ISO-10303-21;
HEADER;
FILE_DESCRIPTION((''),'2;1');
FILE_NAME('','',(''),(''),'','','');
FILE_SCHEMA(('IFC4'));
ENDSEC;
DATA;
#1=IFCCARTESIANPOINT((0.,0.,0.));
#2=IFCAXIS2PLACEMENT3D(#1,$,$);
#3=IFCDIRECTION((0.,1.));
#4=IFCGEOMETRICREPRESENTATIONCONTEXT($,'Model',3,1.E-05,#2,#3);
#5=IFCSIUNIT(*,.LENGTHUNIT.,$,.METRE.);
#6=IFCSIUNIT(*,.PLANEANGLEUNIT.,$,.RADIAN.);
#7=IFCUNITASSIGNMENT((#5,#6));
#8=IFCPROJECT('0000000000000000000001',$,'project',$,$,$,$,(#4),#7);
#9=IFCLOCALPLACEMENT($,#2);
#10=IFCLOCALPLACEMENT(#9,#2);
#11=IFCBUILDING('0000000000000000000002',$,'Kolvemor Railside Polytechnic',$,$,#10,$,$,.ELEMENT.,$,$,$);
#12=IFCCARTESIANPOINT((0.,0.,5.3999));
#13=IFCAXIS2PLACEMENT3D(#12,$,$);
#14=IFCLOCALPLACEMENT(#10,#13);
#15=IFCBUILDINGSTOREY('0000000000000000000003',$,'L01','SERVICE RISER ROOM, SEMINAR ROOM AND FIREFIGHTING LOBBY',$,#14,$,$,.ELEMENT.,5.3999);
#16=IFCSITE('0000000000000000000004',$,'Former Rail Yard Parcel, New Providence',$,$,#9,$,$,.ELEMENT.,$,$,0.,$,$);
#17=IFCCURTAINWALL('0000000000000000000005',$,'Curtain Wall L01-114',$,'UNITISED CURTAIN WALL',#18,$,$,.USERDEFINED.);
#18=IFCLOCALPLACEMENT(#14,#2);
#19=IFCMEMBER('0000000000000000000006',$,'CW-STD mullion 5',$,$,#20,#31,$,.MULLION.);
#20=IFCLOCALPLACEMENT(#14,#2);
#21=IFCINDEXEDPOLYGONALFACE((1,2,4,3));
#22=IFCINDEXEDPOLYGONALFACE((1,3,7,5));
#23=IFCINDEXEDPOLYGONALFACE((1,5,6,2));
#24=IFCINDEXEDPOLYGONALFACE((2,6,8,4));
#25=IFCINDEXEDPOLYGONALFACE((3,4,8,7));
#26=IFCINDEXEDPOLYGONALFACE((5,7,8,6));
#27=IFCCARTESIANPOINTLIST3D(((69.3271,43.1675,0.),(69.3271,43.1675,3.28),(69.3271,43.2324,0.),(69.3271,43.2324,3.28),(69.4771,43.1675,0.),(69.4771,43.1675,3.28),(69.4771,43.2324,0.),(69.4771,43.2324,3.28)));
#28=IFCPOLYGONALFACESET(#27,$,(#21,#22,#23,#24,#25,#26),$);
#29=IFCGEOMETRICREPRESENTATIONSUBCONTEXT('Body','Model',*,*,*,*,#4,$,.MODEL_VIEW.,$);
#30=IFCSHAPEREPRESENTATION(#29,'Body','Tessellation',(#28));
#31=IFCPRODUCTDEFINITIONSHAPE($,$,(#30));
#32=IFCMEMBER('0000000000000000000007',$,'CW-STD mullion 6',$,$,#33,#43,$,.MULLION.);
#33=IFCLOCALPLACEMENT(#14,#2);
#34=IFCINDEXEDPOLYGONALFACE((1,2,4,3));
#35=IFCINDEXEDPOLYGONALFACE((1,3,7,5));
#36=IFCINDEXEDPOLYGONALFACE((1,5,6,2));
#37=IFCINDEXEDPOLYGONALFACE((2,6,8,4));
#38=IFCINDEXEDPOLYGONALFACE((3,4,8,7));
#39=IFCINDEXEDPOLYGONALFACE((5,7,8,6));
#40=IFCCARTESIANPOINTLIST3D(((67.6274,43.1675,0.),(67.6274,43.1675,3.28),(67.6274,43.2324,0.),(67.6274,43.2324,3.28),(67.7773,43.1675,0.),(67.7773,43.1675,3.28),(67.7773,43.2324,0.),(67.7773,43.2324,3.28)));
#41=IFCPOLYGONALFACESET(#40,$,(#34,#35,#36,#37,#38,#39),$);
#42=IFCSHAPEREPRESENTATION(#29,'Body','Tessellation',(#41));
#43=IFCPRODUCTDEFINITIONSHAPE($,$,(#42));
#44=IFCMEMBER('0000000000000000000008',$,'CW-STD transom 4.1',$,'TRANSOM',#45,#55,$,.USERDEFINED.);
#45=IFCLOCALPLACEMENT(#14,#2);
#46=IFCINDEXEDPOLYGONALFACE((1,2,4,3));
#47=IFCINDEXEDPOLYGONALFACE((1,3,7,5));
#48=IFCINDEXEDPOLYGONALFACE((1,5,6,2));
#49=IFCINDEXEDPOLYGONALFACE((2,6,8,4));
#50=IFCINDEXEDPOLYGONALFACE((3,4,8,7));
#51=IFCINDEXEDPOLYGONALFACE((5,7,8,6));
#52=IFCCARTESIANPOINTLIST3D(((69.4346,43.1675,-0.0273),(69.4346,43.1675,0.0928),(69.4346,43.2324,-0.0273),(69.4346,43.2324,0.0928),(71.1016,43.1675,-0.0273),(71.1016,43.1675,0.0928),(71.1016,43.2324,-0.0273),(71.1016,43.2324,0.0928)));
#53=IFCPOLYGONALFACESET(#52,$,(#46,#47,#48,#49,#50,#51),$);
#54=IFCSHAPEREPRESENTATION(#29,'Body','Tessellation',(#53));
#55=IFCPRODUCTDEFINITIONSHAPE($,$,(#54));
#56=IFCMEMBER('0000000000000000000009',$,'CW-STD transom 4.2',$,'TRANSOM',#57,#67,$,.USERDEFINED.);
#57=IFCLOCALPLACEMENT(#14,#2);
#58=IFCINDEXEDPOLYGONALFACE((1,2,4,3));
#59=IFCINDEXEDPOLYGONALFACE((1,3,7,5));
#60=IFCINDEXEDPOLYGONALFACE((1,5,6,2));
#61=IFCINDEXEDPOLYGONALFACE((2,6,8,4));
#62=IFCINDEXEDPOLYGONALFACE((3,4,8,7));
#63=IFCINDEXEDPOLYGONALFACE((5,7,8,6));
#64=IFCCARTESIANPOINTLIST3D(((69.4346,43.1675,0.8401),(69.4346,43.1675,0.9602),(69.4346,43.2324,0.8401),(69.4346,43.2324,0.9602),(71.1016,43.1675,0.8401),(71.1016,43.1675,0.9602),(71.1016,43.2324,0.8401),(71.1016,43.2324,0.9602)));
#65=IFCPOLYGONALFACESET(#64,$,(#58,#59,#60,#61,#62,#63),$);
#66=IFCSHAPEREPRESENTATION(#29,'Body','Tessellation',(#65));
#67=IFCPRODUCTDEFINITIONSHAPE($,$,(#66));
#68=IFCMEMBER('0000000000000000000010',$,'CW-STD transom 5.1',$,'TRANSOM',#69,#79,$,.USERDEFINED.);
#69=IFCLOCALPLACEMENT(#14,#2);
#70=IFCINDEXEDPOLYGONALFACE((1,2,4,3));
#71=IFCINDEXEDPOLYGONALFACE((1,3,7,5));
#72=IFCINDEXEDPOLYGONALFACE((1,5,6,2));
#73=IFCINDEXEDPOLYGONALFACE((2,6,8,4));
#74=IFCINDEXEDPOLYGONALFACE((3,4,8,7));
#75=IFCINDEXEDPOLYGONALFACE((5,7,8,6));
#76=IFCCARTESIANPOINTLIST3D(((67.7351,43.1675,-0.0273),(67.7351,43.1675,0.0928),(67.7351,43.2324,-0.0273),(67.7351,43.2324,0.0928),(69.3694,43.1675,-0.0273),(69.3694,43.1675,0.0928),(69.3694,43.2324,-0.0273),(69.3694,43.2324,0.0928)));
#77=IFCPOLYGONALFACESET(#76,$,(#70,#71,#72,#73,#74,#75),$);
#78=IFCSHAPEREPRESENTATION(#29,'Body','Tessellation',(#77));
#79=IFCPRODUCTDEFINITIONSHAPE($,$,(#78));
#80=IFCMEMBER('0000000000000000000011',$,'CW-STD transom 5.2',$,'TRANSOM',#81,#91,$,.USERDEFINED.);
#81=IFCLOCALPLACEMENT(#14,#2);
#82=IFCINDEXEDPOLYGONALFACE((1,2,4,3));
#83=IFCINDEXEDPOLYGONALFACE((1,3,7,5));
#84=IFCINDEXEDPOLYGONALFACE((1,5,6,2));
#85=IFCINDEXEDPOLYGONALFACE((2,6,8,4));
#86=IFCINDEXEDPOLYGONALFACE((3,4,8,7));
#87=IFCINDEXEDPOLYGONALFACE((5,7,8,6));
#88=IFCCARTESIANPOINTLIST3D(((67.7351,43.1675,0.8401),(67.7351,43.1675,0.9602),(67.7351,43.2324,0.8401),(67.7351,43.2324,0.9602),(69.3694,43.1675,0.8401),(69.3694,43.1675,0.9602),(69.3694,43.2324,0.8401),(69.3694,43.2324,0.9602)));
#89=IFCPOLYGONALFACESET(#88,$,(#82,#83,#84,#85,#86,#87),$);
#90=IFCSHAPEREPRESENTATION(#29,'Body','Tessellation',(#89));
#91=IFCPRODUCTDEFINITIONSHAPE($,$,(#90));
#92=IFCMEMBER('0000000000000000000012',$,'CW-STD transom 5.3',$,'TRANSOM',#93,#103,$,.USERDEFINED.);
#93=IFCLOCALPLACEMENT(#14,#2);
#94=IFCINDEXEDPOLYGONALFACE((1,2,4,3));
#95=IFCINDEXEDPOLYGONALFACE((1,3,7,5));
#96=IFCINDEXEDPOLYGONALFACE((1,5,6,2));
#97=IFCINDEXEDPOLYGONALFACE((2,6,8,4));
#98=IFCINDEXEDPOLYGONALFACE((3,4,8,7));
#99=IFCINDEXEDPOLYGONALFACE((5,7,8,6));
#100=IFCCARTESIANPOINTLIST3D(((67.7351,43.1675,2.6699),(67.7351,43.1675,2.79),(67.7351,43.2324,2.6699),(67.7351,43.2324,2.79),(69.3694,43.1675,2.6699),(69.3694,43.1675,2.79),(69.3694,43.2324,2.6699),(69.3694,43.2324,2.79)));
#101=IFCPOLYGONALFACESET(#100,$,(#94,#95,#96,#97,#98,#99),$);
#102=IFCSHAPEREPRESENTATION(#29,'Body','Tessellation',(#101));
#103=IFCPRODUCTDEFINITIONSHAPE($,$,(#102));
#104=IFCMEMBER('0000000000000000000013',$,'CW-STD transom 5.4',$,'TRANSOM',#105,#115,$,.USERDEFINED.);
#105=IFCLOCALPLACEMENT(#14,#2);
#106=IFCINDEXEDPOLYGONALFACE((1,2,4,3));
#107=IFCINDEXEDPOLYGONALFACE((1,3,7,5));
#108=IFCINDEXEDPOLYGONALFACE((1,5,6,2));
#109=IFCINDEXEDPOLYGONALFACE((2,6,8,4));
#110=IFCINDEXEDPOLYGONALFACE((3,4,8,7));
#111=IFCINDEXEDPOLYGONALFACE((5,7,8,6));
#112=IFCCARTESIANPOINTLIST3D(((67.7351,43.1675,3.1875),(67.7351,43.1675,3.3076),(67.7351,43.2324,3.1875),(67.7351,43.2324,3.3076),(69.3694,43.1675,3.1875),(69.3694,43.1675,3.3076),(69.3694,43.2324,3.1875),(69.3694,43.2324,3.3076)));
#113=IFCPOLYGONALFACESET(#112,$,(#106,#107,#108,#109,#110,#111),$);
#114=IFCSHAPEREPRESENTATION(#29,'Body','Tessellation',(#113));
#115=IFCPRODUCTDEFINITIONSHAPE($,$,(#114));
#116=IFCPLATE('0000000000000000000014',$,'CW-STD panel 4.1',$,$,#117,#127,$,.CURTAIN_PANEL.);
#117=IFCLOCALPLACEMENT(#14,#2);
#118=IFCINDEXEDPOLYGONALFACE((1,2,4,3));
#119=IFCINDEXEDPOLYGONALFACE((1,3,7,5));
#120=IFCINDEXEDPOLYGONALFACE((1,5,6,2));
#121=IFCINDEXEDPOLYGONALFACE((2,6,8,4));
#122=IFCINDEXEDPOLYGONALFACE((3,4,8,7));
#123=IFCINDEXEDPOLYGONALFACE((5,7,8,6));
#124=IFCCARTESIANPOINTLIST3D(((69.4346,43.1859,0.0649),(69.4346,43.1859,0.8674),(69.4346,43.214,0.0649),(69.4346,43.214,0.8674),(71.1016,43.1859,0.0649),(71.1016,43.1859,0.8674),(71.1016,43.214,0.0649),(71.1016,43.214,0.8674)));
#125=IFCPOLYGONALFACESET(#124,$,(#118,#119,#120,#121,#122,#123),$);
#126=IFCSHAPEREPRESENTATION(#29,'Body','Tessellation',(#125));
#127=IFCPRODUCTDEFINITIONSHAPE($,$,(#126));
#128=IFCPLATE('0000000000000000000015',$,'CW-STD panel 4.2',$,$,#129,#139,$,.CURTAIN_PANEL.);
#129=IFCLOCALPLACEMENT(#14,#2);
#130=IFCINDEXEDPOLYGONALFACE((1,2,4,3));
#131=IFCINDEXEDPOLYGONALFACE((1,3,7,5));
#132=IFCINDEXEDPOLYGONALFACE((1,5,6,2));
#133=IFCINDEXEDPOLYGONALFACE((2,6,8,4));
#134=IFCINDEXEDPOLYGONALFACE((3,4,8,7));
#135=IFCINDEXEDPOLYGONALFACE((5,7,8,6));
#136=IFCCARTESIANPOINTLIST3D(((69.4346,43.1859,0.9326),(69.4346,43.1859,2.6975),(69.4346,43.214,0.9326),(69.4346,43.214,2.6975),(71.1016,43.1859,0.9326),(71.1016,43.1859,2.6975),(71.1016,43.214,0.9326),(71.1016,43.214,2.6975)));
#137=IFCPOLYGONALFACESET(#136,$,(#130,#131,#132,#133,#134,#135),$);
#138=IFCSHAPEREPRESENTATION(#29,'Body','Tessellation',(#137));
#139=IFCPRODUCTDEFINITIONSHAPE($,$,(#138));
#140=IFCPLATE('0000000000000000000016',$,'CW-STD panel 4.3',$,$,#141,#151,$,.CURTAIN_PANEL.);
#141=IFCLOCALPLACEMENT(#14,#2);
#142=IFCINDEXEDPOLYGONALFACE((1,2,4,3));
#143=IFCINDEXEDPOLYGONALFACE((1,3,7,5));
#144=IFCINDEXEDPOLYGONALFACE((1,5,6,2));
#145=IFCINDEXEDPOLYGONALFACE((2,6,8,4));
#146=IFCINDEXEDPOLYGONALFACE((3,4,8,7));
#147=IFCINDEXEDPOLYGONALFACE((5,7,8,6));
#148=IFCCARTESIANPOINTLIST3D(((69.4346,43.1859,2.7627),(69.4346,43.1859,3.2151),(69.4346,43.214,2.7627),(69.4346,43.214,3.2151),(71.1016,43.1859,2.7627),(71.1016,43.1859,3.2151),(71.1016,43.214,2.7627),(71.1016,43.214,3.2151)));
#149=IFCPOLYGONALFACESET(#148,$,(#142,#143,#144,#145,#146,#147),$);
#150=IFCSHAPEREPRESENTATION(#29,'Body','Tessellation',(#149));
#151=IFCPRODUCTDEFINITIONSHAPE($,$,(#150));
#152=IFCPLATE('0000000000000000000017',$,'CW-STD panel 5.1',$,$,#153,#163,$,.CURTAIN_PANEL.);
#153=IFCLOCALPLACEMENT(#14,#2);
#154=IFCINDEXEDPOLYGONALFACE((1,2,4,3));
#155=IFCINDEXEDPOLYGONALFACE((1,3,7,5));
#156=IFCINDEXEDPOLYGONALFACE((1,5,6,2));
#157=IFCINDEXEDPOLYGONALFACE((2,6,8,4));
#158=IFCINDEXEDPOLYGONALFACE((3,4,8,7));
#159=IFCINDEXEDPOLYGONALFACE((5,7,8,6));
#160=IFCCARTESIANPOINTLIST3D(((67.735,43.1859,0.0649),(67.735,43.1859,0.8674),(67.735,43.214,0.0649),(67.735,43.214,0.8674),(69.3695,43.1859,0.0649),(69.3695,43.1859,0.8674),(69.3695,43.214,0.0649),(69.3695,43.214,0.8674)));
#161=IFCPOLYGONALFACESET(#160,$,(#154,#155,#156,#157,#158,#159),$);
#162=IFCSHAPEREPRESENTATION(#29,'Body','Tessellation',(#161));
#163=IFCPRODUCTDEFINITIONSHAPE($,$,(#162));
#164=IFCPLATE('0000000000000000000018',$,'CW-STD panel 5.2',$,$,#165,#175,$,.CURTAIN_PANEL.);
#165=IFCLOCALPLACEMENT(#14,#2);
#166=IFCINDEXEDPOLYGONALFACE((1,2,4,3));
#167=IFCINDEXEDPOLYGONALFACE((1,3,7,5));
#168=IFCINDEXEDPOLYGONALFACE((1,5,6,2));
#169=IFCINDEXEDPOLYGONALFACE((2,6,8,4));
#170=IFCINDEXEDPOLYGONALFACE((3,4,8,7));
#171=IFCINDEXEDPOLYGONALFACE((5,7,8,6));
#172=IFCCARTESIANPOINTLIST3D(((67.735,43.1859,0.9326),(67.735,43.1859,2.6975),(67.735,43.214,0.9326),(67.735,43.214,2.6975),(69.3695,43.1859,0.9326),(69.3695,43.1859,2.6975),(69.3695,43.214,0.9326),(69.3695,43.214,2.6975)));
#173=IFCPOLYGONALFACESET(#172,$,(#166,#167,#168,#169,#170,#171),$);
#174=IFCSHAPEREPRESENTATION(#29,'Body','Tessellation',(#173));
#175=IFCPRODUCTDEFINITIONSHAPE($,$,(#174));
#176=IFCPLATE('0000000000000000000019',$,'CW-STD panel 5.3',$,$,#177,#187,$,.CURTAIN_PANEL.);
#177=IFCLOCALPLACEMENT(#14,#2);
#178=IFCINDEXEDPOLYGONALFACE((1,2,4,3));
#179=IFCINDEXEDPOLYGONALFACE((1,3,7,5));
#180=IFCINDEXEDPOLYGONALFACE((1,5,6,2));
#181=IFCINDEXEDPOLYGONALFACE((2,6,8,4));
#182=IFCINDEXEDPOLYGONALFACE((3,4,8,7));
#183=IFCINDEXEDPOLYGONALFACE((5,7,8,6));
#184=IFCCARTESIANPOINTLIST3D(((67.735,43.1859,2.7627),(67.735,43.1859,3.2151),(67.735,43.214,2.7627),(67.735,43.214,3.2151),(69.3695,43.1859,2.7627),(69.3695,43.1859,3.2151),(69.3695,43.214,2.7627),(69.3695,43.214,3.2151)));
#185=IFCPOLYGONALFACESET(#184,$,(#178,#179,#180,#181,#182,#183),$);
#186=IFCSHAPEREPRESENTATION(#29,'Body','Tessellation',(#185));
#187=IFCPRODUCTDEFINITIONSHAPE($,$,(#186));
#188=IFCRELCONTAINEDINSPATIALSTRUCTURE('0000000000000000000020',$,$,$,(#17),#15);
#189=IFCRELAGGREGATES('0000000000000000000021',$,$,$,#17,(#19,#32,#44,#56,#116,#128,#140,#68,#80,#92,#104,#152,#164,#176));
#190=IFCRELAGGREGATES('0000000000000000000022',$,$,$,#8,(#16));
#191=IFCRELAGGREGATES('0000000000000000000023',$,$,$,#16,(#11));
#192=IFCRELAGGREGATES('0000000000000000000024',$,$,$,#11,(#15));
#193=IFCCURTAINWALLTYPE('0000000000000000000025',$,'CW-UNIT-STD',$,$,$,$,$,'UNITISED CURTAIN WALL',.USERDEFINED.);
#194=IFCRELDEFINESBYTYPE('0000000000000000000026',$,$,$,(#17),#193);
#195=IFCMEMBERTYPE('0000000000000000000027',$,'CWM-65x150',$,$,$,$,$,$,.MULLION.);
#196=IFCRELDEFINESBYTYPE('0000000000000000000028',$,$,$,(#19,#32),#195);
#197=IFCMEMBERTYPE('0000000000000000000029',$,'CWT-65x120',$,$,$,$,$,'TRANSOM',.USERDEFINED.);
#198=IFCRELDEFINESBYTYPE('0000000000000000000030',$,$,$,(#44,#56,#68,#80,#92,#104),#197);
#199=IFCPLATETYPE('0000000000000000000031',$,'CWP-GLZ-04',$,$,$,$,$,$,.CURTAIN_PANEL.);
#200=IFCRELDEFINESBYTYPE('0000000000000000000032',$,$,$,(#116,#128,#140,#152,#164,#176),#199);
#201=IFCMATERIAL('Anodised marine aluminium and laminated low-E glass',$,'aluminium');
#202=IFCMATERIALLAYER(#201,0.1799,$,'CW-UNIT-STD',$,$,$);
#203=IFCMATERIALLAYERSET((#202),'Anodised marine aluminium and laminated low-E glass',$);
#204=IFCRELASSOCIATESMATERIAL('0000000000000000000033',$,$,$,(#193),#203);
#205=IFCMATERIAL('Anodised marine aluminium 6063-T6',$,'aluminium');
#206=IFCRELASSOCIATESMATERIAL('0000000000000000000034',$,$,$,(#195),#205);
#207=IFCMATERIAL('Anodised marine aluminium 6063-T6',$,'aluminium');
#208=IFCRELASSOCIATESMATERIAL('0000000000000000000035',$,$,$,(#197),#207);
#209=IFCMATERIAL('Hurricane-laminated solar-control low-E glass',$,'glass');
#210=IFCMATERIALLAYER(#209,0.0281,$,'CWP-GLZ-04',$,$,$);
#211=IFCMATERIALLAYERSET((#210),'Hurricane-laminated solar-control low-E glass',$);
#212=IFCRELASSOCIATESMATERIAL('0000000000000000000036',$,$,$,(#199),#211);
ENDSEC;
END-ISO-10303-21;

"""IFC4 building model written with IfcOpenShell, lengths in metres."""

from ifc_helpers import new_model, si_unit, direction, frame, origin, origin_2d, place, context, subcontext, project, spatial, rectangle, extrude, material, layer, layer_set, material_profile, profile_set, type_object, element, aggregate, save


model = new_model("IFC4")

# Units and contexts
model_context = context("Model", 3, precision=1e-05, world=origin(), true_north=direction((0.0, 1.0)))
body_context = subcontext(model_context, "Body", "Model", "MODEL_VIEW")
ifc_project = project(units=[si_unit("LENGTHUNIT", "METRE"), si_unit("PLANEANGLEUNIT", "RADIAN")], contexts=[model_context])

# Site, building, storey
site_placement = place(None, origin())
site = spatial("IfcSite", under=ifc_project, at=site_placement, Name="Former Rail Yard Parcel, New Providence", CompositionType="ELEMENT", RefElevation=0.0)
building_placement = place(site_placement, origin())
building = spatial("IfcBuilding", under=site, at=building_placement, Name="Kolvemor Railside Polytechnic", CompositionType="ELEMENT")
storey_placement = place(building_placement, frame((0.0, 0.0, 5.3999)))
storey = spatial("IfcBuildingStorey", under=building, at=storey_placement, Name="L01", Description="SERVICE RISER ROOM, SEMINAR ROOM AND FIREFIGHTING LOBBY", CompositionType="ELEMENT", Elevation=5.3999)

# Curtain wall, members, plates
ifc_material_1 = material(Name="Anodised marine aluminium and laminated low-E glass", Category="aluminium")
ifc_layer_1 = layer(ifc_material_1, 0.1799, Name="CW-UNIT-STD")
ifc_layer_set_1 = layer_set([ifc_layer_1], Name="Anodised marine aluminium and laminated low-E glass")
curtain_wall_type = type_object("IfcCurtainWallType", Name="CW-UNIT-STD", ElementType="UNITISED CURTAIN WALL", PredefinedType="USERDEFINED", material=ifc_layer_set_1)
curtain_wall_placement = place(storey_placement, origin())
curtain_wall = element("IfcCurtainWall", 1, at=curtain_wall_placement, inside=storey, type_object=curtain_wall_type, Name="Curtain Wall L01-114", ObjectType="UNITISED CURTAIN WALL", PredefinedType="USERDEFINED")
ifc_material_2 = material(Name="Anodised marine aluminium 6063-T6", Category="aluminium")
ifc_material_profile_1 = material_profile(ifc_material_2, rectangle(XDim=0.0649, YDim=0.1499, at=origin_2d()), Name="CW-MUL-65x150")
ifc_profile_set_1 = profile_set([ifc_material_profile_1], Name="Anodised marine aluminium 6063-T6")
member_type_1 = type_object("IfcMemberType", Name="CWM-65x150", PredefinedType="MULLION", material=ifc_profile_set_1)
member_1_placement = place(storey_placement, frame((69.4021, 43.2, 0.0), z_axis=(0.0, 0.0, 1.0), x_axis=(0.0, -1.0, 0.0)))
member_1 = element("IfcMember", 2, at=member_1_placement, type_object=member_type_1, Name="CW-STD mullion 5", PredefinedType="MULLION", context=body_context, shape_type="SweptSolid", body=[
    extrude(rectangle(XDim=0.0649, YDim=0.1499, at=origin_2d()), origin(), (0.0, 0.0, 1.0), 3.28),
])
member_2_placement = place(storey_placement, frame((67.7024, 43.2, 0.0), z_axis=(0.0, 0.0, 1.0), x_axis=(0.0, -1.0, 0.0)))
member_2 = element("IfcMember", 3, at=member_2_placement, type_object=member_type_1, Name="CW-STD mullion 6", PredefinedType="MULLION", context=body_context, shape_type="SweptSolid", body=[
    extrude(rectangle(XDim=0.0649, YDim=0.1499, at=origin_2d()), origin(), (0.0, 0.0, 1.0), 3.28),
])
ifc_material_3 = material(Name="Anodised marine aluminium 6063-T6", Category="aluminium")
ifc_material_profile_2 = material_profile(ifc_material_3, rectangle(XDim=0.0649, YDim=0.1201, at=origin_2d()), Name="CW-TRN-65x120")
ifc_profile_set_2 = profile_set([ifc_material_profile_2], Name="Anodised marine aluminium 6063-T6")
member_type_2 = type_object("IfcMemberType", Name="CWT-65x120", ElementType="TRANSOM", PredefinedType="USERDEFINED", material=ifc_profile_set_2)
member_3_placement = place(storey_placement, frame((71.1016, 43.2, 0.0327), z_axis=(-1.0, 0.0, 0.0), x_axis=(0.0, -1.0, 0.0)))
member_3 = element("IfcMember", 4, at=member_3_placement, type_object=member_type_2, Name="CW-STD transom 4.1", ObjectType="TRANSOM", PredefinedType="USERDEFINED", context=body_context, shape_type="SweptSolid", body=[
    extrude(rectangle(XDim=0.0649, YDim=0.1201, at=origin_2d()), origin(), (0.0, 0.0, 1.0), 1.667),
])
member_4_placement = place(storey_placement, frame((71.1016, 43.2, 0.9001), z_axis=(-1.0, 0.0, 0.0), x_axis=(0.0, -1.0, 0.0)))
member_4 = element("IfcMember", 5, at=member_4_placement, type_object=member_type_2, Name="CW-STD transom 4.2", ObjectType="TRANSOM", PredefinedType="USERDEFINED", context=body_context, shape_type="SweptSolid", body=[
    extrude(rectangle(XDim=0.0649, YDim=0.1201, at=origin_2d()), origin(), (0.0, 0.0, 1.0), 1.667),
])
member_5_placement = place(storey_placement, frame((69.3694, 43.2, 0.0327), z_axis=(-1.0, 0.0, 0.0), x_axis=(0.0, -1.0, 0.0)))
member_5 = element("IfcMember", 6, at=member_5_placement, type_object=member_type_2, Name="CW-STD transom 5.1", ObjectType="TRANSOM", PredefinedType="USERDEFINED", context=body_context, shape_type="SweptSolid", body=[
    extrude(rectangle(XDim=0.0649, YDim=0.1201, at=origin_2d()), origin(), (0.0, 0.0, 1.0), 1.6343),
])
member_6_placement = place(storey_placement, frame((69.3694, 43.2, 0.9001), z_axis=(-1.0, 0.0, 0.0), x_axis=(0.0, -1.0, 0.0)))
member_6 = element("IfcMember", 7, at=member_6_placement, type_object=member_type_2, Name="CW-STD transom 5.2", ObjectType="TRANSOM", PredefinedType="USERDEFINED", context=body_context, shape_type="SweptSolid", body=[
    extrude(rectangle(XDim=0.0649, YDim=0.1201, at=origin_2d()), origin(), (0.0, 0.0, 1.0), 1.6343),
])
member_7_placement = place(storey_placement, frame((69.3694, 43.2, 2.73), z_axis=(-1.0, 0.0, 0.0), x_axis=(0.0, -1.0, 0.0)))
member_7 = element("IfcMember", 8, at=member_7_placement, type_object=member_type_2, Name="CW-STD transom 5.3", ObjectType="TRANSOM", PredefinedType="USERDEFINED", context=body_context, shape_type="SweptSolid", body=[
    extrude(rectangle(XDim=0.0649, YDim=0.1201, at=origin_2d()), origin(), (0.0, 0.0, 1.0), 1.6343),
])
member_8_placement = place(storey_placement, frame((69.3694, 43.2, 3.2476), z_axis=(-1.0, 0.0, 0.0), x_axis=(0.0, -1.0, 0.0)))
member_8 = element("IfcMember", 9, at=member_8_placement, type_object=member_type_2, Name="CW-STD transom 5.4", ObjectType="TRANSOM", PredefinedType="USERDEFINED", context=body_context, shape_type="SweptSolid", body=[
    extrude(rectangle(XDim=0.0649, YDim=0.1201, at=origin_2d()), origin(), (0.0, 0.0, 1.0), 1.6343),
])
ifc_material_4 = material(Name="Hurricane-laminated solar-control low-E glass", Category="glass")
ifc_layer_2 = layer(ifc_material_4, 0.0281, Name="CWP-GLZ-04")
ifc_layer_set_2 = layer_set([ifc_layer_2], Name="Hurricane-laminated solar-control low-E glass")
plate_type = type_object("IfcPlateType", Name="CWP-GLZ-04", PredefinedType="CURTAIN_PANEL", material=ifc_layer_set_2)
plate_1_placement = place(storey_placement, frame((70.2681, 43.2, 0.0649), z_axis=(0.0, 0.0, 1.0), x_axis=(-1.0, 0.0, 0.0)))
plate_1 = element("IfcPlate", 10, at=plate_1_placement, type_object=plate_type, Name="CW-STD panel 4.1", PredefinedType="CURTAIN_PANEL", context=body_context, shape_type="SweptSolid", body=[
    extrude(rectangle(XDim=1.667, YDim=0.0281, at=origin_2d()), origin(), (0.0, 0.0, 1.0), 0.8025),
])
plate_2_placement = place(storey_placement, frame((70.2681, 43.2, 0.9326), z_axis=(0.0, 0.0, 1.0), x_axis=(-1.0, 0.0, 0.0)))
plate_2 = element("IfcPlate", 11, at=plate_2_placement, type_object=plate_type, Name="CW-STD panel 4.2", PredefinedType="CURTAIN_PANEL", context=body_context, shape_type="SweptSolid", body=[
    extrude(rectangle(XDim=1.667, YDim=0.0281, at=origin_2d()), origin(), (0.0, 0.0, 1.0), 1.7649),
])
plate_3_placement = place(storey_placement, frame((70.2681, 43.2, 2.7627), z_axis=(0.0, 0.0, 1.0), x_axis=(-1.0, 0.0, 0.0)))
plate_3 = element("IfcPlate", 12, at=plate_3_placement, type_object=plate_type, Name="CW-STD panel 4.3", PredefinedType="CURTAIN_PANEL", context=body_context, shape_type="SweptSolid", body=[
    extrude(rectangle(XDim=1.667, YDim=0.0281, at=origin_2d()), origin(), (0.0, 0.0, 1.0), 0.4524),
])
plate_4_placement = place(storey_placement, frame((68.5522, 43.2, 0.0649), z_axis=(0.0, 0.0, 1.0), x_axis=(-1.0, 0.0, 0.0)))
plate_4 = element("IfcPlate", 13, at=plate_4_placement, type_object=plate_type, Name="CW-STD panel 5.1", PredefinedType="CURTAIN_PANEL", context=body_context, shape_type="SweptSolid", body=[
    extrude(rectangle(XDim=1.6345, YDim=0.0281, at=origin_2d()), origin(), (0.0, 0.0, 1.0), 0.8025),
])
plate_5_placement = place(storey_placement, frame((68.5522, 43.2, 0.9326), z_axis=(0.0, 0.0, 1.0), x_axis=(-1.0, 0.0, 0.0)))
plate_5 = element("IfcPlate", 14, at=plate_5_placement, type_object=plate_type, Name="CW-STD panel 5.2", PredefinedType="CURTAIN_PANEL", context=body_context, shape_type="SweptSolid", body=[
    extrude(rectangle(XDim=1.6345, YDim=0.0281, at=origin_2d()), origin(), (0.0, 0.0, 1.0), 1.7649),
])
plate_6_placement = place(storey_placement, frame((68.5522, 43.2, 2.7627), z_axis=(0.0, 0.0, 1.0), x_axis=(-1.0, 0.0, 0.0)))
plate_6 = element("IfcPlate", 15, at=plate_6_placement, type_object=plate_type, Name="CW-STD panel 5.3", PredefinedType="CURTAIN_PANEL", context=body_context, shape_type="SweptSolid", body=[
    extrude(rectangle(XDim=1.6345, YDim=0.0281, at=origin_2d()), origin(), (0.0, 0.0, 1.0), 0.4524),
])
aggregate(curtain_wall, [member_1, member_2, member_3, member_4, plate_1, plate_2, plate_3, member_5, member_6, member_7, member_8, plate_4, plate_5, plate_6])

save(model, "model.ifc")
